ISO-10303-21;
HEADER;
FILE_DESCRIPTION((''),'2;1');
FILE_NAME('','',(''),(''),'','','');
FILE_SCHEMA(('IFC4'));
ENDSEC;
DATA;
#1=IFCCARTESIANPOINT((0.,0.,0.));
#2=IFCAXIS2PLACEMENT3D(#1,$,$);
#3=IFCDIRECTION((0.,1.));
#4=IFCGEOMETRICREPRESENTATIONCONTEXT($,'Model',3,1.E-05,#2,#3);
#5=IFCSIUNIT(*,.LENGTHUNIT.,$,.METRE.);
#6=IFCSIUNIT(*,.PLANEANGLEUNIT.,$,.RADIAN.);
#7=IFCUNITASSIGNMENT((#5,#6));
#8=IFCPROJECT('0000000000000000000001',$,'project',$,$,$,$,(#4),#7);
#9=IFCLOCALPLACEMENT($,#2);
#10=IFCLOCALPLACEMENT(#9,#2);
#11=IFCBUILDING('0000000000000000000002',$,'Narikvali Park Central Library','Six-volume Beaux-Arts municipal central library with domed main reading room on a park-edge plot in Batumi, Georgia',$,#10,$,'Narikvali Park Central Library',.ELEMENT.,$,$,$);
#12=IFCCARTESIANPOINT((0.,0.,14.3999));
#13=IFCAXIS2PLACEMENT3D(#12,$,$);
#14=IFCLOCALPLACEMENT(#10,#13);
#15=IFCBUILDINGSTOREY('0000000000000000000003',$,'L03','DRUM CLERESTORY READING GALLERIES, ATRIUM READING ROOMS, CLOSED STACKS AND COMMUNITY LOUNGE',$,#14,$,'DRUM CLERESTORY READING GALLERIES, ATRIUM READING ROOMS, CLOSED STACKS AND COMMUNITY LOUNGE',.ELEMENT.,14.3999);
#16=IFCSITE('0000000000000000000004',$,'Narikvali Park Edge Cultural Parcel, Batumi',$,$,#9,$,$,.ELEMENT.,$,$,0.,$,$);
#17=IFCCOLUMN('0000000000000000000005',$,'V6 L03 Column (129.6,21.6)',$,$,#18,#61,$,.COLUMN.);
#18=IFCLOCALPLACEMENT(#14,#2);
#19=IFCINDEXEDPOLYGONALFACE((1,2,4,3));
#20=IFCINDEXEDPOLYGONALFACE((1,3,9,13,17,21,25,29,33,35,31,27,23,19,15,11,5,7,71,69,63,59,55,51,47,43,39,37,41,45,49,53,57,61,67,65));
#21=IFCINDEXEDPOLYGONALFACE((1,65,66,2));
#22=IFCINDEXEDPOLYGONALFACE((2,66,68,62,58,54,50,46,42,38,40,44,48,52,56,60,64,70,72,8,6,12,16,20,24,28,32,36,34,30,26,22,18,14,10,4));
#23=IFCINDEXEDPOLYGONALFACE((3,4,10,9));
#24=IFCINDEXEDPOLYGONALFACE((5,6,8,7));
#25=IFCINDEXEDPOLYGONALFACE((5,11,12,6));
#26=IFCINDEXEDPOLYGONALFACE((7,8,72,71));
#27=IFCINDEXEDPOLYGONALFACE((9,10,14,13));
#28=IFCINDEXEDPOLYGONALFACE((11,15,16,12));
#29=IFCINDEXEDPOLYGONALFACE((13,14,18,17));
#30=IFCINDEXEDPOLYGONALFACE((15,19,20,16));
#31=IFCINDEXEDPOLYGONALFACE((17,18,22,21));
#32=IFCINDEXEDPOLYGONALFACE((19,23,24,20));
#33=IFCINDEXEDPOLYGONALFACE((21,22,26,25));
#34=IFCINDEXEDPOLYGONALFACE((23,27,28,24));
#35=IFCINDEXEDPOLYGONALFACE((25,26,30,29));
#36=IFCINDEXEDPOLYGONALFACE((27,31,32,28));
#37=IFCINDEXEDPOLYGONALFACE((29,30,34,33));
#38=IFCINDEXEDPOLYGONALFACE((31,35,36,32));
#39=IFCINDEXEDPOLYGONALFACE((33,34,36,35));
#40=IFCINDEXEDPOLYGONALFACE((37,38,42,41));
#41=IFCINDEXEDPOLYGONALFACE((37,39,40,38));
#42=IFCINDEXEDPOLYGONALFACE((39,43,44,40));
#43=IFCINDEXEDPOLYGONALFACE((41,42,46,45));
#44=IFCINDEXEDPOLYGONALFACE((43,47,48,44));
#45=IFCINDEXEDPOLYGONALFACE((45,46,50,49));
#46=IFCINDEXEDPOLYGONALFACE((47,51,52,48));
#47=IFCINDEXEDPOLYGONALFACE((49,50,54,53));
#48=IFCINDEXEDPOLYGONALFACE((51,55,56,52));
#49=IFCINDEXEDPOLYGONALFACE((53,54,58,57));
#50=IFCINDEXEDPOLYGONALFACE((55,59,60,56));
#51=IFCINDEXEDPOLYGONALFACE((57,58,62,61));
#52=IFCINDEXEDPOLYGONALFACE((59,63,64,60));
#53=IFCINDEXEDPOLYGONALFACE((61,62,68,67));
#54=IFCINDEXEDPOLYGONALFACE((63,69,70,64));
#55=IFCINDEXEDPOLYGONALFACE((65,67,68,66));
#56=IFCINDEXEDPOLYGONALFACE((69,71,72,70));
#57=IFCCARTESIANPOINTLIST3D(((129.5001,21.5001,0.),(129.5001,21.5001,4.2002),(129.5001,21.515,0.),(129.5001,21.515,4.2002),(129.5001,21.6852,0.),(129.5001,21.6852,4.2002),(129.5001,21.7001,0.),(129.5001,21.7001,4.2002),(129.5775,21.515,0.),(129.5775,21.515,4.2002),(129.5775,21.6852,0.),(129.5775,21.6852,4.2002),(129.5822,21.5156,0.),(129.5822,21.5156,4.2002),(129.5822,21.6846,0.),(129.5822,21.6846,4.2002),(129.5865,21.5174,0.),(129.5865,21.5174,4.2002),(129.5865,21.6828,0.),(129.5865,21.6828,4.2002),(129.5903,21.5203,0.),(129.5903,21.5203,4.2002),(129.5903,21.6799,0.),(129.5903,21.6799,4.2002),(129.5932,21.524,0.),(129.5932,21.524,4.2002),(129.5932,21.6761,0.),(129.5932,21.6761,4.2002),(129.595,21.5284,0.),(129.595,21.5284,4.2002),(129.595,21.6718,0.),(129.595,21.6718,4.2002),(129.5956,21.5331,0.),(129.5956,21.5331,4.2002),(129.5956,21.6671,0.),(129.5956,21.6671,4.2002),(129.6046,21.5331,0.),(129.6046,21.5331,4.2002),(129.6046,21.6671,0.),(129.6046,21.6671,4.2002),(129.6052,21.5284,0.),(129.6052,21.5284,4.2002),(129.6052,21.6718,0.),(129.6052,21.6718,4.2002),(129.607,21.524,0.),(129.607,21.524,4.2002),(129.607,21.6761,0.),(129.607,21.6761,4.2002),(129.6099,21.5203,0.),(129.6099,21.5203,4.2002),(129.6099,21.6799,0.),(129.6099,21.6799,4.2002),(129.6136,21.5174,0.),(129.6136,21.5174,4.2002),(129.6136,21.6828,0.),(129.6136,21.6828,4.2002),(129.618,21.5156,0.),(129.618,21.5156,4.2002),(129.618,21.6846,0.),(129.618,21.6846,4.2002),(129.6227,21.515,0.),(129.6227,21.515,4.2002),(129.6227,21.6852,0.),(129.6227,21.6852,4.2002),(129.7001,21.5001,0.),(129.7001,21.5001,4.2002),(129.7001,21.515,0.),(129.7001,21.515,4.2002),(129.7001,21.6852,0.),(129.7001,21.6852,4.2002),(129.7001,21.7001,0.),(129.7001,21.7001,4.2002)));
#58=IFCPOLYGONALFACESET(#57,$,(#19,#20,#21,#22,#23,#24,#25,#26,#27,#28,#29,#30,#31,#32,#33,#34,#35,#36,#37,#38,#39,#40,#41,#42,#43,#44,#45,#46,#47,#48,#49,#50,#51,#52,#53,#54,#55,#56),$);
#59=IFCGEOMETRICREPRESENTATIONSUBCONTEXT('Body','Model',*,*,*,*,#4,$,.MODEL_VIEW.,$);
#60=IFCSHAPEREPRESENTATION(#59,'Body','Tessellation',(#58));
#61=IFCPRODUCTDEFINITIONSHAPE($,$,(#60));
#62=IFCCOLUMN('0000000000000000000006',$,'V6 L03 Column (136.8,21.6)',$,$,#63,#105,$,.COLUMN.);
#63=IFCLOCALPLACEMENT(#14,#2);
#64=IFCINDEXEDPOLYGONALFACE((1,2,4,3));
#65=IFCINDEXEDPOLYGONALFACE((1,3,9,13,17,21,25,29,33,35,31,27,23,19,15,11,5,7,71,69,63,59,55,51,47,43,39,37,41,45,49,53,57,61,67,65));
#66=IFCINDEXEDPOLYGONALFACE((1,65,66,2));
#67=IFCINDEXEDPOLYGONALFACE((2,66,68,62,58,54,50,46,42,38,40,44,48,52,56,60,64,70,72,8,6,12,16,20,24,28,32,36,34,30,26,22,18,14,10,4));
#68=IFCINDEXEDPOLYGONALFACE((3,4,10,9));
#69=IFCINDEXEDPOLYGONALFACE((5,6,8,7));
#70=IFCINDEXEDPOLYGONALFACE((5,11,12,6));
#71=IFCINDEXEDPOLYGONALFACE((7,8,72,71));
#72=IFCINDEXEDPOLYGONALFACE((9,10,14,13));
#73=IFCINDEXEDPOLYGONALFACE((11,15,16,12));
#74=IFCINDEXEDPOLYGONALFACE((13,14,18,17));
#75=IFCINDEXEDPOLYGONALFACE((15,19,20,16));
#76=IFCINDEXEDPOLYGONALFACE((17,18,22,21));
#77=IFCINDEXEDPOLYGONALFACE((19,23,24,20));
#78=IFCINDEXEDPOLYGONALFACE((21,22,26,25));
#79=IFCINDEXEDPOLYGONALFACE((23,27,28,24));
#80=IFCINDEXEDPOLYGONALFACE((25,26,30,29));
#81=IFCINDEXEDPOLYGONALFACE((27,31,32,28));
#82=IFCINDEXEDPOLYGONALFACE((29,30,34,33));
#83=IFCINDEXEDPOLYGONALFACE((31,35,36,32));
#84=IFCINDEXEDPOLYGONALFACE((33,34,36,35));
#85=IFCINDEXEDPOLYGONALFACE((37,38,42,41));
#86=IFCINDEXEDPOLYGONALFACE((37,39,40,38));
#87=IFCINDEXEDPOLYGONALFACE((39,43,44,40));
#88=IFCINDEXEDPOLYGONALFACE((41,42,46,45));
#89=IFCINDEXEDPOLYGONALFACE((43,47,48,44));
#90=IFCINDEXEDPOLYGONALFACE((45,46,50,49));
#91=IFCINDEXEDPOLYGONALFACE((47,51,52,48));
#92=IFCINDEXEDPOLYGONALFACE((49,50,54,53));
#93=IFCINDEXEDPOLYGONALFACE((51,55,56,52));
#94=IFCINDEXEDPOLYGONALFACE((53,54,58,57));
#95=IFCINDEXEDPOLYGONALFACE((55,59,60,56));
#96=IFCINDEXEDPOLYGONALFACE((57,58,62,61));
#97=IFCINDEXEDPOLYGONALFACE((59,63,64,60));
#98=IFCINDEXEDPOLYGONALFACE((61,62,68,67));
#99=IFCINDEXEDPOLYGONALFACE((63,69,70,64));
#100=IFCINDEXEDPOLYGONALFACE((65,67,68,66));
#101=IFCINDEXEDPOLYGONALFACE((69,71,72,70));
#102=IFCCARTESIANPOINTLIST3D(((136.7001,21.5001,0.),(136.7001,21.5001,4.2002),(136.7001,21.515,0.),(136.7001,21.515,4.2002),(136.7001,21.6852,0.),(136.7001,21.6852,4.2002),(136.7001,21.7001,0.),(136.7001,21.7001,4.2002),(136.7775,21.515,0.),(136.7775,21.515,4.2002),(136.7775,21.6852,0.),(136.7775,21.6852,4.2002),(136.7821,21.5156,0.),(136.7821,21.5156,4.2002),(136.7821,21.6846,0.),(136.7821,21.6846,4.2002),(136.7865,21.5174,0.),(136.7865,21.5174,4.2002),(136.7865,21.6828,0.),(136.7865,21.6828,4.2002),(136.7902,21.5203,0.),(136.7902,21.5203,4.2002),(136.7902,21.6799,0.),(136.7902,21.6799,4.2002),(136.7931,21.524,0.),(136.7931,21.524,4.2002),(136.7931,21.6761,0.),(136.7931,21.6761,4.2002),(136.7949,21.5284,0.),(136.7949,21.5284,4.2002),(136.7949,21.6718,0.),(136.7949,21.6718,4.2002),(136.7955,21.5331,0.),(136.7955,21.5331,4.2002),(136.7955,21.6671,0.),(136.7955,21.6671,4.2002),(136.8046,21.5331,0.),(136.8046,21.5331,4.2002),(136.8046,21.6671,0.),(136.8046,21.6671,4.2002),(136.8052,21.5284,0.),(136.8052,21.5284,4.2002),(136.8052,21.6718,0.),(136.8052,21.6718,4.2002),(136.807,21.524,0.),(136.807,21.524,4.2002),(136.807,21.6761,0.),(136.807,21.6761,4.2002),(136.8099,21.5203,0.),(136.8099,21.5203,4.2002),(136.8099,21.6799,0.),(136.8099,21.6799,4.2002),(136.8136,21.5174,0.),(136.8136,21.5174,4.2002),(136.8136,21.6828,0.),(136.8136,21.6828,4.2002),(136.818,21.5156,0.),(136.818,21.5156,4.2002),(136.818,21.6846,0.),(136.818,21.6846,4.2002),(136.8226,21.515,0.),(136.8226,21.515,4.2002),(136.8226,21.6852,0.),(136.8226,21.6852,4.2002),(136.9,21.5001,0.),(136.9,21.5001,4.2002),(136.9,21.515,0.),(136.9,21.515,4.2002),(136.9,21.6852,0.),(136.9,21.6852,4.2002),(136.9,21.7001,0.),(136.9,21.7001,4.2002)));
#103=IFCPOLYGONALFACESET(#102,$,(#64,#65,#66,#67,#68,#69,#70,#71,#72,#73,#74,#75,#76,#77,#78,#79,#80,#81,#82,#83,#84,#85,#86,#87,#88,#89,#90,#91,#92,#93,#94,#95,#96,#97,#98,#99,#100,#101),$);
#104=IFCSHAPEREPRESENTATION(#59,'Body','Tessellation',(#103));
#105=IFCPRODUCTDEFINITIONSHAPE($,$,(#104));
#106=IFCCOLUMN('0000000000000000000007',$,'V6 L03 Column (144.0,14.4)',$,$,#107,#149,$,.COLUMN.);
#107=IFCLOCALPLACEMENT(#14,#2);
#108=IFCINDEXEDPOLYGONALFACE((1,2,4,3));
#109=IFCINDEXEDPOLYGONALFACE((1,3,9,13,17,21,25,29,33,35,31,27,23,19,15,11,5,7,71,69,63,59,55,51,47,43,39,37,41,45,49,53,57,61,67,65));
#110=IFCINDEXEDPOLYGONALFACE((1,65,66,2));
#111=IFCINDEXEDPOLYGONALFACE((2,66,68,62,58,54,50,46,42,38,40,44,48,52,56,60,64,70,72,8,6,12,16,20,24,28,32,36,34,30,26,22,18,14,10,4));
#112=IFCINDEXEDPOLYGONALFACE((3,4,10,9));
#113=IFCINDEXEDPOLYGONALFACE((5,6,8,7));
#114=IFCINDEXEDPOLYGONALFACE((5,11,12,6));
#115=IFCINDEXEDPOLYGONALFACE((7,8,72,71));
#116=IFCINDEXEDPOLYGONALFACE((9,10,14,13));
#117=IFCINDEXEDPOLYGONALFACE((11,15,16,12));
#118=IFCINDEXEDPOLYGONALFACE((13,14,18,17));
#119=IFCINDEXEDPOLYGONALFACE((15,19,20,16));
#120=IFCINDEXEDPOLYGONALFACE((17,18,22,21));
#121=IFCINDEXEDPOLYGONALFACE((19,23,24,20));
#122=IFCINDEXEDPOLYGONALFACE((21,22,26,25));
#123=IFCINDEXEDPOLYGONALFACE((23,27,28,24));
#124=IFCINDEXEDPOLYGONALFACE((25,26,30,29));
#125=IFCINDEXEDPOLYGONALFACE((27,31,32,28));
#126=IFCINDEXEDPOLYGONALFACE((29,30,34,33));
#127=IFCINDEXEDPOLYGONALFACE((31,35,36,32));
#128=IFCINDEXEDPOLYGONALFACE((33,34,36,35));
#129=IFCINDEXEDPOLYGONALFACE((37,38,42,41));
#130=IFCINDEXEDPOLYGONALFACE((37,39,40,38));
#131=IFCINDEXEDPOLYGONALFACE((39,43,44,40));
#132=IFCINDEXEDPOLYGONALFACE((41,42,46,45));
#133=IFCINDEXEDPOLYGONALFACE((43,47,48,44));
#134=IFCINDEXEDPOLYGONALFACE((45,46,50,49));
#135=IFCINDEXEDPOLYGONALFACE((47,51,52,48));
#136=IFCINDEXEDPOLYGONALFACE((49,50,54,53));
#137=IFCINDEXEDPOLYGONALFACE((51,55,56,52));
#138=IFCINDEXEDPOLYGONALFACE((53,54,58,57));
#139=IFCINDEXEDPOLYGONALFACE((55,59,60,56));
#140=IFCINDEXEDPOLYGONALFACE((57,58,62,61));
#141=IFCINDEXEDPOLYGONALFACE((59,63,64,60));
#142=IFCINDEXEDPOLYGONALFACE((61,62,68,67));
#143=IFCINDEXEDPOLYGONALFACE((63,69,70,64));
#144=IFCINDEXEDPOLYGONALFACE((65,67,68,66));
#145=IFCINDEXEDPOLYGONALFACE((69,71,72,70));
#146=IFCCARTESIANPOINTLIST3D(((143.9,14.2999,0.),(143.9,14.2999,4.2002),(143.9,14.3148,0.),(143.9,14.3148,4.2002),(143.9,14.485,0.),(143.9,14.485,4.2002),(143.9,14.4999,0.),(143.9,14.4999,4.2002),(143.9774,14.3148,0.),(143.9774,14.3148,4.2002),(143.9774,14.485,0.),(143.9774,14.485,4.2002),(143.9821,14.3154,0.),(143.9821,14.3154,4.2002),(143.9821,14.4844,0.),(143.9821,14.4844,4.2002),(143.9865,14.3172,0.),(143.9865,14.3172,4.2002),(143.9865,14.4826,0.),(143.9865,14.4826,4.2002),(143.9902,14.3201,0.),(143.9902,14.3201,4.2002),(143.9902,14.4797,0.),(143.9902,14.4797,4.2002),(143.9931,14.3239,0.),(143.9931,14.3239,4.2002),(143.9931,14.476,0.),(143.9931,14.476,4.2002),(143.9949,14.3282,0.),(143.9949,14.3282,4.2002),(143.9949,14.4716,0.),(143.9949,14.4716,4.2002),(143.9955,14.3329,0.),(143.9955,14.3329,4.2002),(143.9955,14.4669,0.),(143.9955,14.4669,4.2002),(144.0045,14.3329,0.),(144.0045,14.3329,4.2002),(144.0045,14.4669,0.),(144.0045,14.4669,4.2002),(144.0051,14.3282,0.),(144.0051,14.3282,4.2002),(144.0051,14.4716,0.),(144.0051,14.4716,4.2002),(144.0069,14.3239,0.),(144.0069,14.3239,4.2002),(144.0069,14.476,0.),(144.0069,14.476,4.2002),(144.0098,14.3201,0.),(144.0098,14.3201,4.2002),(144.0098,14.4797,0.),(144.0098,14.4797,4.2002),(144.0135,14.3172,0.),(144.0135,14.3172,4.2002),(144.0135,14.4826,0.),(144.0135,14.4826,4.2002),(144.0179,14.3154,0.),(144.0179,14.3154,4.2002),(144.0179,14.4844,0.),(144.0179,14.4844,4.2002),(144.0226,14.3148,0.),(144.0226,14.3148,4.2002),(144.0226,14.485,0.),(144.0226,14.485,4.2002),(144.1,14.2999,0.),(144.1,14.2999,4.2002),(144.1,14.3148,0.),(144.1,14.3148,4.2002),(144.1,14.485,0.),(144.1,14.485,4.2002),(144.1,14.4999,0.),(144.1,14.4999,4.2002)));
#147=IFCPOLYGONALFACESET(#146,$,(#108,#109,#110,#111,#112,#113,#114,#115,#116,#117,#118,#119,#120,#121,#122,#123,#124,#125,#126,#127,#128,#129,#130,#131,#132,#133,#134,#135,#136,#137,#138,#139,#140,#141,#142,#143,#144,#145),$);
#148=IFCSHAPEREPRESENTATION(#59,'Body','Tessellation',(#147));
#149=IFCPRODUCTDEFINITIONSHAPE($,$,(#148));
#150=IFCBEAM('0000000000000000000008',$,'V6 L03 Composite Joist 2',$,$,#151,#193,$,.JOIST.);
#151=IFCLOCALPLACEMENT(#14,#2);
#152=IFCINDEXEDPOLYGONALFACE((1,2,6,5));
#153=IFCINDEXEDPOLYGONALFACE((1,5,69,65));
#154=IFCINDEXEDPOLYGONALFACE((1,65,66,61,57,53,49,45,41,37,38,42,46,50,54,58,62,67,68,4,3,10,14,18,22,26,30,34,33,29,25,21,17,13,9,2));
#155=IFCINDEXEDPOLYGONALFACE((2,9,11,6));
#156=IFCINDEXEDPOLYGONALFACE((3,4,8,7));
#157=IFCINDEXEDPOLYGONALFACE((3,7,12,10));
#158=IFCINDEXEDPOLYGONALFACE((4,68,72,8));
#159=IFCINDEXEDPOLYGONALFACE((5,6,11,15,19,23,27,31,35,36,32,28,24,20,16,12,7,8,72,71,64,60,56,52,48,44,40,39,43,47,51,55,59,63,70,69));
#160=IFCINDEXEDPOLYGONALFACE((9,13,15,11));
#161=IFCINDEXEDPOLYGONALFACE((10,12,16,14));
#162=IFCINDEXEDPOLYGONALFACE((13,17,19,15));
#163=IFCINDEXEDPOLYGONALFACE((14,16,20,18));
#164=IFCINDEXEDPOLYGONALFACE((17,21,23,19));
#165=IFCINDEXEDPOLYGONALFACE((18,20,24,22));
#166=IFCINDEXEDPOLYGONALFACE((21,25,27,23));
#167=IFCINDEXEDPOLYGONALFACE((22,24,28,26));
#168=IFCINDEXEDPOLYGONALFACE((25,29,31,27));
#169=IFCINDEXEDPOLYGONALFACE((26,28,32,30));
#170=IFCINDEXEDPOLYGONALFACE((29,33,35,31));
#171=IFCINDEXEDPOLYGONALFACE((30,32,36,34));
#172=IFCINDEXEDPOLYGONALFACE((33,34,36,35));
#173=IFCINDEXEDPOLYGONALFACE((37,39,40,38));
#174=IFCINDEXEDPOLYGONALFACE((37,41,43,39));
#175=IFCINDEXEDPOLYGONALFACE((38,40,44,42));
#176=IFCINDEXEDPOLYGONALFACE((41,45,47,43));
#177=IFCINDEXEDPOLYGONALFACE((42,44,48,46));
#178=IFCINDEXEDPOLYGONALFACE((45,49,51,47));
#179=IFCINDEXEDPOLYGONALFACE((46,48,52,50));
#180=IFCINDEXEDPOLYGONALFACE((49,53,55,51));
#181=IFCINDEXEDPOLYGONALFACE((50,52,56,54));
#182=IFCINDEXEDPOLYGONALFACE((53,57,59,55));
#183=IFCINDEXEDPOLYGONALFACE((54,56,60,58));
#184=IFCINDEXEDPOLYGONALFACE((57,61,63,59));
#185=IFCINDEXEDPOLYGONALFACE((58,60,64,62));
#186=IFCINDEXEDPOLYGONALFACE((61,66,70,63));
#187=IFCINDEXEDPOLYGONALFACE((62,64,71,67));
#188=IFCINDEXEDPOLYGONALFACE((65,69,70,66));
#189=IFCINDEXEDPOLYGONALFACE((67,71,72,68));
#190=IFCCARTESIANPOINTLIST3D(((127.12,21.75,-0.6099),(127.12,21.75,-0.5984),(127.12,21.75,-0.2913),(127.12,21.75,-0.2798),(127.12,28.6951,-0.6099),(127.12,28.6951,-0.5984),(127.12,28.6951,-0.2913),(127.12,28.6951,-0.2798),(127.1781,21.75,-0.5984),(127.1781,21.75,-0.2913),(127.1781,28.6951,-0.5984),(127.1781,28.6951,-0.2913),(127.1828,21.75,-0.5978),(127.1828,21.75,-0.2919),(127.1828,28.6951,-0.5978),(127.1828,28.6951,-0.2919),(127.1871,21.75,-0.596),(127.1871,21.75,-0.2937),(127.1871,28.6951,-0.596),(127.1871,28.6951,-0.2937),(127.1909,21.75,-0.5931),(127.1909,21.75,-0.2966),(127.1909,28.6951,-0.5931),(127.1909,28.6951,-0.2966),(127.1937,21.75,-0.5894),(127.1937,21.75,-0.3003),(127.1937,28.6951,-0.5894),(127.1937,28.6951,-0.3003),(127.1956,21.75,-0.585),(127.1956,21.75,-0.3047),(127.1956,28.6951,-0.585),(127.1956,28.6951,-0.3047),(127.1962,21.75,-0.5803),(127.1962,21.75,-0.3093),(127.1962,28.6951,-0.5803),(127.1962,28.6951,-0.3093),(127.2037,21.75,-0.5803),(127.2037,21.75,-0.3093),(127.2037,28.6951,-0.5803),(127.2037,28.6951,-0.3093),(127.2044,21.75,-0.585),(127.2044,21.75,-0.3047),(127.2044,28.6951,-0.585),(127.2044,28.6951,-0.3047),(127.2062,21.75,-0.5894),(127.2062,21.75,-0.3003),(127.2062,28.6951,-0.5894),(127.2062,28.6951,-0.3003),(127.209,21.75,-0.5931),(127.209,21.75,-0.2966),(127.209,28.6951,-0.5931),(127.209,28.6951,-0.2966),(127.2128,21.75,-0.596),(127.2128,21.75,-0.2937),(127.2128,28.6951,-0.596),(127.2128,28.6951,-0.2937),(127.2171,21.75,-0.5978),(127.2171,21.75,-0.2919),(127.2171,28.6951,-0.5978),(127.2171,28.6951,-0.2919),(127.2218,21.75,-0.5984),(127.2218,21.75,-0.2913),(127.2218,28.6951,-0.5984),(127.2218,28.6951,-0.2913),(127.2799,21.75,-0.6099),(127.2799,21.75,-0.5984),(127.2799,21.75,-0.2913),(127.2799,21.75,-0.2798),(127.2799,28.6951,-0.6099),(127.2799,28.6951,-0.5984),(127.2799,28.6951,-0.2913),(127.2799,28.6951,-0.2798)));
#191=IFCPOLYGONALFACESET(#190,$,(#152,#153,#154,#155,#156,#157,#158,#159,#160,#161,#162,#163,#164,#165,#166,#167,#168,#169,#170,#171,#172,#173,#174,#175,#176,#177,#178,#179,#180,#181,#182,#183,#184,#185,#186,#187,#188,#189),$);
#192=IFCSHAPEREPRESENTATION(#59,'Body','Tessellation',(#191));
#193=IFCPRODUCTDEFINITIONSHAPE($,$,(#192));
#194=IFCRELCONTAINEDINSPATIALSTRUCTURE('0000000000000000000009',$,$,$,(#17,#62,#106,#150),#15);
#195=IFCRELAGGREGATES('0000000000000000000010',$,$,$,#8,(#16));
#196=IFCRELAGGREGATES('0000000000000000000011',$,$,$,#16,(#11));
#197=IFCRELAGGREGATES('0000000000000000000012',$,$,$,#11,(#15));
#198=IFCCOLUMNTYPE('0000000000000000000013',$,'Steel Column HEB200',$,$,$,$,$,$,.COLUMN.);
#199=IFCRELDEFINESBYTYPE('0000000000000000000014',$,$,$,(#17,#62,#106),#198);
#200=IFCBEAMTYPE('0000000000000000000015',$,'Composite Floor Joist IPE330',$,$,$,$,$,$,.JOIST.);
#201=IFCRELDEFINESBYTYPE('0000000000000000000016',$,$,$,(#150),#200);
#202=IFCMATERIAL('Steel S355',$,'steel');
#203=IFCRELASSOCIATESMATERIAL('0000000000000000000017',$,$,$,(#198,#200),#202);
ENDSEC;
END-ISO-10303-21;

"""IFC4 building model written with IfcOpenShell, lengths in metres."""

from ifc_helpers import new_model, si_unit, direction, frame, origin, origin_2d, place, context, subcontext, project, spatial, i_section, extrude, material, material_profile, profile_set, type_object, element, save


model = new_model("IFC4")

# Units and contexts
model_context = context("Model", 3, precision=1e-05, world=origin(), true_north=direction((0.0, 1.0)))
body_context = subcontext(model_context, "Body", "Model", "MODEL_VIEW")
ifc_project = project(units=[si_unit("LENGTHUNIT", "METRE"), si_unit("PLANEANGLEUNIT", "RADIAN")], contexts=[model_context])

# Site, building, storey
site_placement = place(None, origin())
site = spatial("IfcSite", under=ifc_project, at=site_placement, Name="Narikvali Park Edge Cultural Parcel, Batumi", CompositionType="ELEMENT", RefElevation=0.0)
building_placement = place(site_placement, origin())
building = spatial("IfcBuilding", under=site, at=building_placement, Name="Narikvali Park Central Library", Description="Six-volume Beaux-Arts municipal central library with domed main reading room on a park-edge plot in Batumi, Georgia", LongName="Narikvali Park Central Library", CompositionType="ELEMENT")
storey_placement = place(building_placement, frame((0.0, 0.0, 14.3999)))
storey = spatial("IfcBuildingStorey", under=building, at=storey_placement, Name="L03", Description="DRUM CLERESTORY READING GALLERIES, ATRIUM READING ROOMS, CLOSED STACKS AND COMMUNITY LOUNGE", LongName="DRUM CLERESTORY READING GALLERIES, ATRIUM READING ROOMS, CLOSED STACKS AND COMMUNITY LOUNGE", CompositionType="ELEMENT", Elevation=14.3999)

# Columns
ifc_material_1 = material(Name="Steel S355", Category="steel")
ifc_material_profile_1 = material_profile(ifc_material_1, i_section(OverallWidth=0.2, OverallDepth=0.2, WebThickness=0.009, FlangeThickness=0.0149, FilletRadius=0.0181, at=origin_2d()), Name="HEB 200")
ifc_profile_set_1 = profile_set([ifc_material_profile_1], Name="Steel S355")
column_type = type_object("IfcColumnType", Name="Steel Column HEB200", PredefinedType="COLUMN", material=ifc_profile_set_1)
for number, where, z_axis, x_axis, name in (
    (1, (129.6001, 21.6001, 0.0), (0.0, 0.0, 1.0), (1.0, 0.0, 0.0), "V6 L03 Column (129.6,21.6)"),
    (2, (136.8, 21.6001, 0.0), (0.0, 0.0, 1.0), (1.0, 0.0, 0.0), "V6 L03 Column (136.8,21.6)"),
    (3, (144.0, 14.3999, 0.0), (0.0, 0.0, 1.0), (1.0, 0.0, 0.0), "V6 L03 Column (144.0,14.4)"),
):
    element("IfcColumn", number, at=place(storey_placement, frame(where, z_axis=z_axis, x_axis=x_axis)), inside=storey, type_object=column_type, Name=name, PredefinedType="COLUMN", context=body_context, shape_type="SweptSolid", body=[
        extrude(i_section(OverallWidth=0.2, OverallDepth=0.2, WebThickness=0.009, FlangeThickness=0.0149, FilletRadius=0.0181, at=origin_2d()), origin(), (0.0, 0.0, 1.0), 4.2002),
    ])

# Beam
ifc_material_profile_2 = material_profile(ifc_material_1, i_section(OverallWidth=0.1599, OverallDepth=0.3301, WebThickness=0.0076, FlangeThickness=0.0115, FilletRadius=0.0181, at=origin_2d()), Name="IPE 330")
ifc_profile_set_2 = profile_set([ifc_material_profile_2], Name="Steel S355")
beam_type_1 = type_object("IfcBeamType", Name="Composite Floor Joist IPE330", PredefinedType="JOIST", material=ifc_profile_set_2)
for number, where, z_axis, x_axis, name in (
    (4, (127.2, 21.75, -0.4448), (0.0, 1.0, 0.0), (-1.0, 0.0, 0.0), "V6 L03 Composite Joist 2"),
):
    element("IfcBeam", number, at=place(storey_placement, frame(where, z_axis=z_axis, x_axis=x_axis)), inside=storey, type_object=beam_type_1, Name=name, PredefinedType="JOIST", context=body_context, shape_type="SweptSolid", body=[
        extrude(i_section(OverallWidth=0.1599, OverallDepth=0.3301, WebThickness=0.0076, FlangeThickness=0.0115, FilletRadius=0.0181, at=origin_2d()), origin(), (0.0, 0.0, 1.0), 6.9451),
    ])

save(model, "model.ifc")
